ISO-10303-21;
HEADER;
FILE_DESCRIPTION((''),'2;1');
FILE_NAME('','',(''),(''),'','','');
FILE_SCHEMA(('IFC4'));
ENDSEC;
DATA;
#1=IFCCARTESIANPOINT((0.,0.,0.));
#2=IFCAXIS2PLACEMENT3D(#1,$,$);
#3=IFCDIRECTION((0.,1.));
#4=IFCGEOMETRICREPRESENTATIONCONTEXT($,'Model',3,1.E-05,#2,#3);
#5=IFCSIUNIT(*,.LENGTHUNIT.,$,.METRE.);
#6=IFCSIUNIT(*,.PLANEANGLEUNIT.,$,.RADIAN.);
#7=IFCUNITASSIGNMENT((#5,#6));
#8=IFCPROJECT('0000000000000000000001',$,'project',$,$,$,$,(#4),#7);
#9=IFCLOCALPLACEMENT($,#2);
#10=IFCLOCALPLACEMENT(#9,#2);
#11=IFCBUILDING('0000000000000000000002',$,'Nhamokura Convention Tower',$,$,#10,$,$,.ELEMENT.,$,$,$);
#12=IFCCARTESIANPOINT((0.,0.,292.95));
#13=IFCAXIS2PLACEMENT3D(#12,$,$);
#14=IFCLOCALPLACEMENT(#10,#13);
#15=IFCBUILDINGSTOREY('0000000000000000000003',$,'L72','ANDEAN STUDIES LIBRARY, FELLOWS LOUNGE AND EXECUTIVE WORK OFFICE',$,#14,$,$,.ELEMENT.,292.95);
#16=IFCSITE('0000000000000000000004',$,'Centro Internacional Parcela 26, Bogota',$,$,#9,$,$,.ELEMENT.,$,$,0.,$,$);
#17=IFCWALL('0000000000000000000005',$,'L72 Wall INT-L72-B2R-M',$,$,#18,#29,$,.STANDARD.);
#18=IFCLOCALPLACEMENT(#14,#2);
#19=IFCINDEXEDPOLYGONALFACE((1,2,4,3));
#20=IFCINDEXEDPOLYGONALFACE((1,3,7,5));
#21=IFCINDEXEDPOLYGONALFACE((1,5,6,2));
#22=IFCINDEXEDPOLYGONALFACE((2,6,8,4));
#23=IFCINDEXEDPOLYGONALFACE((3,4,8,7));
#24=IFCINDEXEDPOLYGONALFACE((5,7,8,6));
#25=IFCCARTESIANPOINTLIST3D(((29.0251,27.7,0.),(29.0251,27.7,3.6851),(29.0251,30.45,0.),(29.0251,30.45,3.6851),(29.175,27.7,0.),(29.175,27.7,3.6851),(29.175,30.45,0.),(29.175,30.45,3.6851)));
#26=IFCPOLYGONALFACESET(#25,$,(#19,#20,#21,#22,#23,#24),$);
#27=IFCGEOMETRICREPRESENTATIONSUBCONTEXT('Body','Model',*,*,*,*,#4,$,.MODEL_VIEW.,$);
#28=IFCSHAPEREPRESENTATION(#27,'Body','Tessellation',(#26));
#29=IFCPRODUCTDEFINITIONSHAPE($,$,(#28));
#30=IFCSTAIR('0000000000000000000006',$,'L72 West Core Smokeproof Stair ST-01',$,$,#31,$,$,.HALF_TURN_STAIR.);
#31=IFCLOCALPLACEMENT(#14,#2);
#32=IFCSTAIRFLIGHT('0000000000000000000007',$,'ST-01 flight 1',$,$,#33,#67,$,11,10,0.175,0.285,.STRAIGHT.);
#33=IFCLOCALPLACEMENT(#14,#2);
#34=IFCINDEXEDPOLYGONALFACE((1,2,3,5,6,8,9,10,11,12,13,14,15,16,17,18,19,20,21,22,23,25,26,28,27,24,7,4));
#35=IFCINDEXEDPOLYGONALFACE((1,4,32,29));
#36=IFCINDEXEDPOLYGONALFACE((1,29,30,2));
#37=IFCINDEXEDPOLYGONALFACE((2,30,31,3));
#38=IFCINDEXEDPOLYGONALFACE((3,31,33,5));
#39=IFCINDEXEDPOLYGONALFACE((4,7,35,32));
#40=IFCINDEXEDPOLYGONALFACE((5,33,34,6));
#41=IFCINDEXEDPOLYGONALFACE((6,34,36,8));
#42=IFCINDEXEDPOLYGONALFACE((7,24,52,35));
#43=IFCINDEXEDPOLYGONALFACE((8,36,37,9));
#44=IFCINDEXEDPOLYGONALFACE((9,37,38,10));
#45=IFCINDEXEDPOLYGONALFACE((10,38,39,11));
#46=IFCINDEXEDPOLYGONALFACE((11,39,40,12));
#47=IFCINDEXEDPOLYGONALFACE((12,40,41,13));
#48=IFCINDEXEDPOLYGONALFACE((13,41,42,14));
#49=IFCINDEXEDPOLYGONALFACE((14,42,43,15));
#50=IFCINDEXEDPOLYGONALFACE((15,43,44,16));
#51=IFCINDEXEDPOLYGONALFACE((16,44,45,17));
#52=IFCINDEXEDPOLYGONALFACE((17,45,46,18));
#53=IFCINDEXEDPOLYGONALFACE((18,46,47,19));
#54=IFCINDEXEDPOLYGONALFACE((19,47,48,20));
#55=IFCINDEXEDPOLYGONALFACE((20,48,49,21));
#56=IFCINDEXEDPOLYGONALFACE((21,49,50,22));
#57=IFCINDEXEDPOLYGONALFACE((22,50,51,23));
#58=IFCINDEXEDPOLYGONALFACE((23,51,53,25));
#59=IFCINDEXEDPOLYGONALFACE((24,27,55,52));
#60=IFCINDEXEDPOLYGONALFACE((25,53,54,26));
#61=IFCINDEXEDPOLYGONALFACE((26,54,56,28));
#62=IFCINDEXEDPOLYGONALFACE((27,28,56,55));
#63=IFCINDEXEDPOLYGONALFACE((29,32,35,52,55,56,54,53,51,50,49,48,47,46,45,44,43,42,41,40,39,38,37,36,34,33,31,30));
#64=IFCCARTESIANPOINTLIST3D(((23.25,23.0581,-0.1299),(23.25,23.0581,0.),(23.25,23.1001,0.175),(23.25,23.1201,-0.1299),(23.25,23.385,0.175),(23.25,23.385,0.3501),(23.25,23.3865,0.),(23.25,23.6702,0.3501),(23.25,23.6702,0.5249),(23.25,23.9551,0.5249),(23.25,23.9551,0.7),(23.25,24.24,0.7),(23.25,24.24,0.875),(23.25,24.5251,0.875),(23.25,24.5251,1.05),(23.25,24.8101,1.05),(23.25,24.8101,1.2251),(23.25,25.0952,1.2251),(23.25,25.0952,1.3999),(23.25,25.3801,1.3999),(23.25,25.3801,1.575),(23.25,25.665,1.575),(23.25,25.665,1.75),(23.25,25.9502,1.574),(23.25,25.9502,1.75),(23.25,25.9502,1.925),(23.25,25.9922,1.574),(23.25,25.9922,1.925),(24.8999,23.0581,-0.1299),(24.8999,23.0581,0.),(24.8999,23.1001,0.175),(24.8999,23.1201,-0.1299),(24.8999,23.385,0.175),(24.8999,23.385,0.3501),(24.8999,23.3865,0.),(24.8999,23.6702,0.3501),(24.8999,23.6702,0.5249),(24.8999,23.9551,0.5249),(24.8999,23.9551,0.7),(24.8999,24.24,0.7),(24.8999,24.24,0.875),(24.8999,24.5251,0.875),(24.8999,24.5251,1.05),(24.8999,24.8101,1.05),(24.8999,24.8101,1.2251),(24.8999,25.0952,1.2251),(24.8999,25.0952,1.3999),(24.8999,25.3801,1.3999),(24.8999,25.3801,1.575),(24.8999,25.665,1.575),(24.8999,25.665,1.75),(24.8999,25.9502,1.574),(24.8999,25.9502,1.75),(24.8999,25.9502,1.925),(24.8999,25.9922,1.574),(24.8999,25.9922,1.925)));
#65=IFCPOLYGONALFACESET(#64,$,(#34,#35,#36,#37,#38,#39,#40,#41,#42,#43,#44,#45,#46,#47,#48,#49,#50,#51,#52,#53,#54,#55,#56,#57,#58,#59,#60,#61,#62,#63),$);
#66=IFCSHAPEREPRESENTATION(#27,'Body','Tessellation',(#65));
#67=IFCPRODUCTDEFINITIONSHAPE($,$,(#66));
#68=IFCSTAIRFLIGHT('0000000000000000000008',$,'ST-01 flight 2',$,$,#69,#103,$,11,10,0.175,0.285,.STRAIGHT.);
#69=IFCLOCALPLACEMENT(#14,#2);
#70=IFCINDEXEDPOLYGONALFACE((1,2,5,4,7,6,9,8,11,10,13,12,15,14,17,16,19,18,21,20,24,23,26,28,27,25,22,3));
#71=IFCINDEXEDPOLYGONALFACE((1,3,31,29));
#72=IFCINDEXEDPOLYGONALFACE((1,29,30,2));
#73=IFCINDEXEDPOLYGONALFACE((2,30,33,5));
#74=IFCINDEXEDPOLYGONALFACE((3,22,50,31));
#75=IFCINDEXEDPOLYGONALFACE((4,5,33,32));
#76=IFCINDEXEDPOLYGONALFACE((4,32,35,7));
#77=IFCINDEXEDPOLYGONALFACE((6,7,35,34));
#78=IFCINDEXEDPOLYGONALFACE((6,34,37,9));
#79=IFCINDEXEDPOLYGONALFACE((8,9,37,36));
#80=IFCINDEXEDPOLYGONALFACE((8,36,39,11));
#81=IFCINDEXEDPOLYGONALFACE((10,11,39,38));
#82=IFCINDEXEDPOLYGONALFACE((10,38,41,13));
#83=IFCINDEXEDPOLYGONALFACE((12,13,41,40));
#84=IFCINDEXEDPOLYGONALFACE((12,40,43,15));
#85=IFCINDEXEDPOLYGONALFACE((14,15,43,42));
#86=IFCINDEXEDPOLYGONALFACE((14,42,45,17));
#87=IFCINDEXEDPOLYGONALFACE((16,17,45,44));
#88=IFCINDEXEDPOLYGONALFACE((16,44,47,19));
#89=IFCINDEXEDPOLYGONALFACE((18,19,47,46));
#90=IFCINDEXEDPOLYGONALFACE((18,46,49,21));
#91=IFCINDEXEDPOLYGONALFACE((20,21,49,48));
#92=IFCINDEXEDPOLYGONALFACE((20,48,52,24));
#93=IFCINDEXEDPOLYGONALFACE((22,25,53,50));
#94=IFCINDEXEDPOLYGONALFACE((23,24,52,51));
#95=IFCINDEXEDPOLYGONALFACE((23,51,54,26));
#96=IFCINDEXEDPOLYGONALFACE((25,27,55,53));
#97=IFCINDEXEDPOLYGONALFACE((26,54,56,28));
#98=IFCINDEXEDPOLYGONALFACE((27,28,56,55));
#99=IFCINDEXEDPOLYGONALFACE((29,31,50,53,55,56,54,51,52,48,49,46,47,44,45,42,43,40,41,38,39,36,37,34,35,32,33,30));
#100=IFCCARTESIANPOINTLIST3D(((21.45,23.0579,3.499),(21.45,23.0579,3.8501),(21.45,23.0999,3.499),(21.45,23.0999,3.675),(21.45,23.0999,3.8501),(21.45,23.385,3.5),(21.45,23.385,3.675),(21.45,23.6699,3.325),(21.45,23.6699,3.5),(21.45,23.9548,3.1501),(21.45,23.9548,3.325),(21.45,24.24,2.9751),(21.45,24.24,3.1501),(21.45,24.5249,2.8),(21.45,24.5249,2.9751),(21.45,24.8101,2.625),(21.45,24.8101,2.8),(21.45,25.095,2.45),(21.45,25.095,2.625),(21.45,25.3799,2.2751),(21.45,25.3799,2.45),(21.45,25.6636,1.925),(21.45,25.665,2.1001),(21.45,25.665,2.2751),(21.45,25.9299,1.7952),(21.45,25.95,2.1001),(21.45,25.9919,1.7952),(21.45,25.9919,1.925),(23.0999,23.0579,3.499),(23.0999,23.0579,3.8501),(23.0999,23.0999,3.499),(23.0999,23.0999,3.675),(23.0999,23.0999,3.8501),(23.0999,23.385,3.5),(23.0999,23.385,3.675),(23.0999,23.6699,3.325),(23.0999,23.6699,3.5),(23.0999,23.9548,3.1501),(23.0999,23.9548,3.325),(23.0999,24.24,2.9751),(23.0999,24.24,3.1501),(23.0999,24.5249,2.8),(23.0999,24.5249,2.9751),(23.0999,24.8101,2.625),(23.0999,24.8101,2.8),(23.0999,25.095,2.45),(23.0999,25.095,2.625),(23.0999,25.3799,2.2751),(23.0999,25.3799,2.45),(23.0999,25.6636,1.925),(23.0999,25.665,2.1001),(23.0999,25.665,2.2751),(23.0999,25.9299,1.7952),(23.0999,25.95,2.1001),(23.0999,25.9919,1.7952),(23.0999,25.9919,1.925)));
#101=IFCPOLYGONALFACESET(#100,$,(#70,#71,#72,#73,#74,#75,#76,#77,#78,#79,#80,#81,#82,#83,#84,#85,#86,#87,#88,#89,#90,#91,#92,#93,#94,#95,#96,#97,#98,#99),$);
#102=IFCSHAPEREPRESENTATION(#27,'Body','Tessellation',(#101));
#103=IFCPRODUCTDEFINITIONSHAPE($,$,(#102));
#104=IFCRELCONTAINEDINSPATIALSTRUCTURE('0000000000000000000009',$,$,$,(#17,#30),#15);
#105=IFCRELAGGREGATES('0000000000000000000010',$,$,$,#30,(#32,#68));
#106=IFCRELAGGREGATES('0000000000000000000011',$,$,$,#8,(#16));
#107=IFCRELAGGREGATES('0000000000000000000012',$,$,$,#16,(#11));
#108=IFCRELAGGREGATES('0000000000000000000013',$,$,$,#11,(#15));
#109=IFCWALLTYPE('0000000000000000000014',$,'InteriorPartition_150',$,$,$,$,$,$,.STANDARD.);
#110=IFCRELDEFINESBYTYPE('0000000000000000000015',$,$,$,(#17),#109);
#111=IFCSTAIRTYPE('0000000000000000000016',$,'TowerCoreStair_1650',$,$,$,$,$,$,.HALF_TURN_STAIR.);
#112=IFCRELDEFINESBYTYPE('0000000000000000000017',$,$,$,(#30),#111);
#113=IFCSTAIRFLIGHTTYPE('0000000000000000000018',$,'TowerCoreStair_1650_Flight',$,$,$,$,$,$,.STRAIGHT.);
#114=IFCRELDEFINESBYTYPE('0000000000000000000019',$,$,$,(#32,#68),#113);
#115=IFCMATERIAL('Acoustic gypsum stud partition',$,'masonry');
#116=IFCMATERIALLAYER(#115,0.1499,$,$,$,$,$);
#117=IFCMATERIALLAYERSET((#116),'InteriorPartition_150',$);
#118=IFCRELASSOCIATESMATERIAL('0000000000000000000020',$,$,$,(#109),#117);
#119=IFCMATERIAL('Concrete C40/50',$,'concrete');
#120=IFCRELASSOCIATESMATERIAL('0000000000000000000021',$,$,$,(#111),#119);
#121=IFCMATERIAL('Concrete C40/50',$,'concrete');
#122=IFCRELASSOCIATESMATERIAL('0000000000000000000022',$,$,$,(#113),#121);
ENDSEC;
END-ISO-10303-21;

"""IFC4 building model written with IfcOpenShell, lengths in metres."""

from ifc_helpers import new_model, si_unit, direction, frame, frame_2d, origin, place, context, subcontext, project, spatial, polyline, rectangle, outline, extrude, material, layer, layer_set, type_object, element, aggregate, save


model = new_model("IFC4")

# Units and contexts
model_context = context("Model", 3, precision=1e-05, world=origin(), true_north=direction((0.0, 1.0)))
body_context = subcontext(model_context, "Body", "Model", "MODEL_VIEW")
ifc_project = project(units=[si_unit("LENGTHUNIT", "METRE"), si_unit("PLANEANGLEUNIT", "RADIAN")], contexts=[model_context])

# Site, building, storey
site_placement = place(None, origin())
site = spatial("IfcSite", under=ifc_project, at=site_placement, Name="Centro Internacional Parcela 26, Bogota", CompositionType="ELEMENT", RefElevation=0.0)
building_placement = place(site_placement, origin())
building = spatial("IfcBuilding", under=site, at=building_placement, Name="Nhamokura Convention Tower", CompositionType="ELEMENT")
storey_placement = place(building_placement, frame((0.0, 0.0, 292.95)))
storey = spatial("IfcBuildingStorey", under=building, at=storey_placement, Name="L72", Description="ANDEAN STUDIES LIBRARY, FELLOWS LOUNGE AND EXECUTIVE WORK OFFICE", CompositionType="ELEMENT", Elevation=292.95)

# Shared definitions
ifc_material_1 = material(Name="Acoustic gypsum stud partition", Category="masonry")
ifc_layer_1 = layer(ifc_material_1, 0.1499)
ifc_layer_set_1 = layer_set([ifc_layer_1], Name="InteriorPartition_150")
wall_type_1 = type_object("IfcWallType", Name="InteriorPartition_150", PredefinedType="STANDARD", material=ifc_layer_set_1)

# Wall
wall_1_placement = place(storey_placement, frame((29.1001, 27.7, 0.0), z_axis=(0.0, 0.0, 1.0), x_axis=(0.0, 1.0, 0.0)))
element("IfcWall", 1, at=wall_1_placement, inside=storey, type_object=wall_type_1, Name="L72 Wall INT-L72-B2R-M", PredefinedType="STANDARD", context=body_context, shape_type="SweptSolid", body=[
    extrude(rectangle(XDim=2.75, YDim=0.1499, at=frame_2d((1.375, 0.0))), origin(), (0.0, 0.0, 1.0), 3.6851),
])

# Stair, stair flights
ifc_material_2 = material(Name="Concrete C40/50", Category="concrete")
stair_type = type_object("IfcStairType", Name="TowerCoreStair_1650", PredefinedType="HALF_TURN_STAIR", material=ifc_material_2)
stair_placement = place(storey_placement, origin())
stair = element("IfcStair", 2, at=stair_placement, inside=storey, type_object=stair_type, Name="L72 West Core Smokeproof Stair ST-01", PredefinedType="HALF_TURN_STAIR")
ifc_material_3 = material(Name="Concrete C40/50", Category="concrete")
stair_flight_type = type_object("IfcStairFlightType", Name="TowerCoreStair_1650_Flight", PredefinedType="STRAIGHT", material=ifc_material_3)
stair_flight_1_placement = place(storey_placement, frame((24.075, 23.1001, 0.0), z_axis=(0.0, 0.0, 1.0), x_axis=(0.0, 1.0, 0.0)))
stair_flight_1 = element("IfcStairFlight", 3, at=stair_flight_1_placement, type_object=stair_flight_type, Name="ST-01 flight 1", NumberOfRisers=11, NumberOfTreads=10, PredefinedType="STRAIGHT", RiserHeight=0.175, TreadLength=0.285, context=body_context, shape_type="SweptSolid", body=[
    extrude(outline(polyline([(-0.042, 0.0), (0.0, 0.175), (0.2849, 0.175), (0.2849, 0.3501), (0.5701, 0.3501), (0.5701, 0.5249), (0.855, 0.5249), (0.855, 0.7), (1.1399, 0.7), (1.1399, 0.875), (1.425, 0.875), (1.425, 1.05), (1.71, 1.05), (1.71, 1.2251), (1.9951, 1.2251), (1.9951, 1.3999), (2.28, 1.3999), (2.28, 1.575), (2.5649, 1.575), (2.5649, 1.75), (2.8501, 1.75), (2.8501, 1.925), (2.8921, 1.925), (2.8921, 1.574), (2.8501, 1.574), (0.2864, 0.0), (0.02, -0.1299), (-0.042, -0.1299), (-0.042, 0.0)])), frame((0.0, 0.825, 0.0), z_axis=(0.0, -1.0, 0.0), x_axis=(1.0, 0.0, 0.0)), (0.0, 0.0, 1.0), 1.6499),
])
stair_flight_2_placement = place(storey_placement, frame((22.2749, 25.95, 1.925), z_axis=(0.0, 0.0, 1.0), x_axis=(0.0, -1.0, 0.0)))
stair_flight_2 = element("IfcStairFlight", 4, at=stair_flight_2_placement, type_object=stair_flight_type, Name="ST-01 flight 2", NumberOfRisers=11, NumberOfTreads=10, PredefinedType="STRAIGHT", RiserHeight=0.175, TreadLength=0.285, context=body_context, shape_type="SweptSolid", body=[
    extrude(outline(polyline([(-0.042, 0.0), (0.0, 0.175), (0.2849, 0.175), (0.2849, 0.3501), (0.5701, 0.3501), (0.5701, 0.5249), (0.855, 0.5249), (0.855, 0.7), (1.1399, 0.7), (1.1399, 0.875), (1.425, 0.875), (1.425, 1.05), (1.71, 1.05), (1.71, 1.2251), (1.9951, 1.2251), (1.9951, 1.3999), (2.28, 1.3999), (2.28, 1.575), (2.5649, 1.575), (2.5649, 1.75), (2.8501, 1.75), (2.8501, 1.925), (2.8921, 1.925), (2.8921, 1.574), (2.8501, 1.574), (0.2864, 0.0), (0.02, -0.1299), (-0.042, -0.1299), (-0.042, 0.0)])), frame((0.0, 0.825, 0.0), z_axis=(0.0, -1.0, 0.0), x_axis=(1.0, 0.0, 0.0)), (0.0, 0.0, 1.0), 1.6499),
])
aggregate(stair, [stair_flight_1, stair_flight_2])

save(model, "model.ifc")
